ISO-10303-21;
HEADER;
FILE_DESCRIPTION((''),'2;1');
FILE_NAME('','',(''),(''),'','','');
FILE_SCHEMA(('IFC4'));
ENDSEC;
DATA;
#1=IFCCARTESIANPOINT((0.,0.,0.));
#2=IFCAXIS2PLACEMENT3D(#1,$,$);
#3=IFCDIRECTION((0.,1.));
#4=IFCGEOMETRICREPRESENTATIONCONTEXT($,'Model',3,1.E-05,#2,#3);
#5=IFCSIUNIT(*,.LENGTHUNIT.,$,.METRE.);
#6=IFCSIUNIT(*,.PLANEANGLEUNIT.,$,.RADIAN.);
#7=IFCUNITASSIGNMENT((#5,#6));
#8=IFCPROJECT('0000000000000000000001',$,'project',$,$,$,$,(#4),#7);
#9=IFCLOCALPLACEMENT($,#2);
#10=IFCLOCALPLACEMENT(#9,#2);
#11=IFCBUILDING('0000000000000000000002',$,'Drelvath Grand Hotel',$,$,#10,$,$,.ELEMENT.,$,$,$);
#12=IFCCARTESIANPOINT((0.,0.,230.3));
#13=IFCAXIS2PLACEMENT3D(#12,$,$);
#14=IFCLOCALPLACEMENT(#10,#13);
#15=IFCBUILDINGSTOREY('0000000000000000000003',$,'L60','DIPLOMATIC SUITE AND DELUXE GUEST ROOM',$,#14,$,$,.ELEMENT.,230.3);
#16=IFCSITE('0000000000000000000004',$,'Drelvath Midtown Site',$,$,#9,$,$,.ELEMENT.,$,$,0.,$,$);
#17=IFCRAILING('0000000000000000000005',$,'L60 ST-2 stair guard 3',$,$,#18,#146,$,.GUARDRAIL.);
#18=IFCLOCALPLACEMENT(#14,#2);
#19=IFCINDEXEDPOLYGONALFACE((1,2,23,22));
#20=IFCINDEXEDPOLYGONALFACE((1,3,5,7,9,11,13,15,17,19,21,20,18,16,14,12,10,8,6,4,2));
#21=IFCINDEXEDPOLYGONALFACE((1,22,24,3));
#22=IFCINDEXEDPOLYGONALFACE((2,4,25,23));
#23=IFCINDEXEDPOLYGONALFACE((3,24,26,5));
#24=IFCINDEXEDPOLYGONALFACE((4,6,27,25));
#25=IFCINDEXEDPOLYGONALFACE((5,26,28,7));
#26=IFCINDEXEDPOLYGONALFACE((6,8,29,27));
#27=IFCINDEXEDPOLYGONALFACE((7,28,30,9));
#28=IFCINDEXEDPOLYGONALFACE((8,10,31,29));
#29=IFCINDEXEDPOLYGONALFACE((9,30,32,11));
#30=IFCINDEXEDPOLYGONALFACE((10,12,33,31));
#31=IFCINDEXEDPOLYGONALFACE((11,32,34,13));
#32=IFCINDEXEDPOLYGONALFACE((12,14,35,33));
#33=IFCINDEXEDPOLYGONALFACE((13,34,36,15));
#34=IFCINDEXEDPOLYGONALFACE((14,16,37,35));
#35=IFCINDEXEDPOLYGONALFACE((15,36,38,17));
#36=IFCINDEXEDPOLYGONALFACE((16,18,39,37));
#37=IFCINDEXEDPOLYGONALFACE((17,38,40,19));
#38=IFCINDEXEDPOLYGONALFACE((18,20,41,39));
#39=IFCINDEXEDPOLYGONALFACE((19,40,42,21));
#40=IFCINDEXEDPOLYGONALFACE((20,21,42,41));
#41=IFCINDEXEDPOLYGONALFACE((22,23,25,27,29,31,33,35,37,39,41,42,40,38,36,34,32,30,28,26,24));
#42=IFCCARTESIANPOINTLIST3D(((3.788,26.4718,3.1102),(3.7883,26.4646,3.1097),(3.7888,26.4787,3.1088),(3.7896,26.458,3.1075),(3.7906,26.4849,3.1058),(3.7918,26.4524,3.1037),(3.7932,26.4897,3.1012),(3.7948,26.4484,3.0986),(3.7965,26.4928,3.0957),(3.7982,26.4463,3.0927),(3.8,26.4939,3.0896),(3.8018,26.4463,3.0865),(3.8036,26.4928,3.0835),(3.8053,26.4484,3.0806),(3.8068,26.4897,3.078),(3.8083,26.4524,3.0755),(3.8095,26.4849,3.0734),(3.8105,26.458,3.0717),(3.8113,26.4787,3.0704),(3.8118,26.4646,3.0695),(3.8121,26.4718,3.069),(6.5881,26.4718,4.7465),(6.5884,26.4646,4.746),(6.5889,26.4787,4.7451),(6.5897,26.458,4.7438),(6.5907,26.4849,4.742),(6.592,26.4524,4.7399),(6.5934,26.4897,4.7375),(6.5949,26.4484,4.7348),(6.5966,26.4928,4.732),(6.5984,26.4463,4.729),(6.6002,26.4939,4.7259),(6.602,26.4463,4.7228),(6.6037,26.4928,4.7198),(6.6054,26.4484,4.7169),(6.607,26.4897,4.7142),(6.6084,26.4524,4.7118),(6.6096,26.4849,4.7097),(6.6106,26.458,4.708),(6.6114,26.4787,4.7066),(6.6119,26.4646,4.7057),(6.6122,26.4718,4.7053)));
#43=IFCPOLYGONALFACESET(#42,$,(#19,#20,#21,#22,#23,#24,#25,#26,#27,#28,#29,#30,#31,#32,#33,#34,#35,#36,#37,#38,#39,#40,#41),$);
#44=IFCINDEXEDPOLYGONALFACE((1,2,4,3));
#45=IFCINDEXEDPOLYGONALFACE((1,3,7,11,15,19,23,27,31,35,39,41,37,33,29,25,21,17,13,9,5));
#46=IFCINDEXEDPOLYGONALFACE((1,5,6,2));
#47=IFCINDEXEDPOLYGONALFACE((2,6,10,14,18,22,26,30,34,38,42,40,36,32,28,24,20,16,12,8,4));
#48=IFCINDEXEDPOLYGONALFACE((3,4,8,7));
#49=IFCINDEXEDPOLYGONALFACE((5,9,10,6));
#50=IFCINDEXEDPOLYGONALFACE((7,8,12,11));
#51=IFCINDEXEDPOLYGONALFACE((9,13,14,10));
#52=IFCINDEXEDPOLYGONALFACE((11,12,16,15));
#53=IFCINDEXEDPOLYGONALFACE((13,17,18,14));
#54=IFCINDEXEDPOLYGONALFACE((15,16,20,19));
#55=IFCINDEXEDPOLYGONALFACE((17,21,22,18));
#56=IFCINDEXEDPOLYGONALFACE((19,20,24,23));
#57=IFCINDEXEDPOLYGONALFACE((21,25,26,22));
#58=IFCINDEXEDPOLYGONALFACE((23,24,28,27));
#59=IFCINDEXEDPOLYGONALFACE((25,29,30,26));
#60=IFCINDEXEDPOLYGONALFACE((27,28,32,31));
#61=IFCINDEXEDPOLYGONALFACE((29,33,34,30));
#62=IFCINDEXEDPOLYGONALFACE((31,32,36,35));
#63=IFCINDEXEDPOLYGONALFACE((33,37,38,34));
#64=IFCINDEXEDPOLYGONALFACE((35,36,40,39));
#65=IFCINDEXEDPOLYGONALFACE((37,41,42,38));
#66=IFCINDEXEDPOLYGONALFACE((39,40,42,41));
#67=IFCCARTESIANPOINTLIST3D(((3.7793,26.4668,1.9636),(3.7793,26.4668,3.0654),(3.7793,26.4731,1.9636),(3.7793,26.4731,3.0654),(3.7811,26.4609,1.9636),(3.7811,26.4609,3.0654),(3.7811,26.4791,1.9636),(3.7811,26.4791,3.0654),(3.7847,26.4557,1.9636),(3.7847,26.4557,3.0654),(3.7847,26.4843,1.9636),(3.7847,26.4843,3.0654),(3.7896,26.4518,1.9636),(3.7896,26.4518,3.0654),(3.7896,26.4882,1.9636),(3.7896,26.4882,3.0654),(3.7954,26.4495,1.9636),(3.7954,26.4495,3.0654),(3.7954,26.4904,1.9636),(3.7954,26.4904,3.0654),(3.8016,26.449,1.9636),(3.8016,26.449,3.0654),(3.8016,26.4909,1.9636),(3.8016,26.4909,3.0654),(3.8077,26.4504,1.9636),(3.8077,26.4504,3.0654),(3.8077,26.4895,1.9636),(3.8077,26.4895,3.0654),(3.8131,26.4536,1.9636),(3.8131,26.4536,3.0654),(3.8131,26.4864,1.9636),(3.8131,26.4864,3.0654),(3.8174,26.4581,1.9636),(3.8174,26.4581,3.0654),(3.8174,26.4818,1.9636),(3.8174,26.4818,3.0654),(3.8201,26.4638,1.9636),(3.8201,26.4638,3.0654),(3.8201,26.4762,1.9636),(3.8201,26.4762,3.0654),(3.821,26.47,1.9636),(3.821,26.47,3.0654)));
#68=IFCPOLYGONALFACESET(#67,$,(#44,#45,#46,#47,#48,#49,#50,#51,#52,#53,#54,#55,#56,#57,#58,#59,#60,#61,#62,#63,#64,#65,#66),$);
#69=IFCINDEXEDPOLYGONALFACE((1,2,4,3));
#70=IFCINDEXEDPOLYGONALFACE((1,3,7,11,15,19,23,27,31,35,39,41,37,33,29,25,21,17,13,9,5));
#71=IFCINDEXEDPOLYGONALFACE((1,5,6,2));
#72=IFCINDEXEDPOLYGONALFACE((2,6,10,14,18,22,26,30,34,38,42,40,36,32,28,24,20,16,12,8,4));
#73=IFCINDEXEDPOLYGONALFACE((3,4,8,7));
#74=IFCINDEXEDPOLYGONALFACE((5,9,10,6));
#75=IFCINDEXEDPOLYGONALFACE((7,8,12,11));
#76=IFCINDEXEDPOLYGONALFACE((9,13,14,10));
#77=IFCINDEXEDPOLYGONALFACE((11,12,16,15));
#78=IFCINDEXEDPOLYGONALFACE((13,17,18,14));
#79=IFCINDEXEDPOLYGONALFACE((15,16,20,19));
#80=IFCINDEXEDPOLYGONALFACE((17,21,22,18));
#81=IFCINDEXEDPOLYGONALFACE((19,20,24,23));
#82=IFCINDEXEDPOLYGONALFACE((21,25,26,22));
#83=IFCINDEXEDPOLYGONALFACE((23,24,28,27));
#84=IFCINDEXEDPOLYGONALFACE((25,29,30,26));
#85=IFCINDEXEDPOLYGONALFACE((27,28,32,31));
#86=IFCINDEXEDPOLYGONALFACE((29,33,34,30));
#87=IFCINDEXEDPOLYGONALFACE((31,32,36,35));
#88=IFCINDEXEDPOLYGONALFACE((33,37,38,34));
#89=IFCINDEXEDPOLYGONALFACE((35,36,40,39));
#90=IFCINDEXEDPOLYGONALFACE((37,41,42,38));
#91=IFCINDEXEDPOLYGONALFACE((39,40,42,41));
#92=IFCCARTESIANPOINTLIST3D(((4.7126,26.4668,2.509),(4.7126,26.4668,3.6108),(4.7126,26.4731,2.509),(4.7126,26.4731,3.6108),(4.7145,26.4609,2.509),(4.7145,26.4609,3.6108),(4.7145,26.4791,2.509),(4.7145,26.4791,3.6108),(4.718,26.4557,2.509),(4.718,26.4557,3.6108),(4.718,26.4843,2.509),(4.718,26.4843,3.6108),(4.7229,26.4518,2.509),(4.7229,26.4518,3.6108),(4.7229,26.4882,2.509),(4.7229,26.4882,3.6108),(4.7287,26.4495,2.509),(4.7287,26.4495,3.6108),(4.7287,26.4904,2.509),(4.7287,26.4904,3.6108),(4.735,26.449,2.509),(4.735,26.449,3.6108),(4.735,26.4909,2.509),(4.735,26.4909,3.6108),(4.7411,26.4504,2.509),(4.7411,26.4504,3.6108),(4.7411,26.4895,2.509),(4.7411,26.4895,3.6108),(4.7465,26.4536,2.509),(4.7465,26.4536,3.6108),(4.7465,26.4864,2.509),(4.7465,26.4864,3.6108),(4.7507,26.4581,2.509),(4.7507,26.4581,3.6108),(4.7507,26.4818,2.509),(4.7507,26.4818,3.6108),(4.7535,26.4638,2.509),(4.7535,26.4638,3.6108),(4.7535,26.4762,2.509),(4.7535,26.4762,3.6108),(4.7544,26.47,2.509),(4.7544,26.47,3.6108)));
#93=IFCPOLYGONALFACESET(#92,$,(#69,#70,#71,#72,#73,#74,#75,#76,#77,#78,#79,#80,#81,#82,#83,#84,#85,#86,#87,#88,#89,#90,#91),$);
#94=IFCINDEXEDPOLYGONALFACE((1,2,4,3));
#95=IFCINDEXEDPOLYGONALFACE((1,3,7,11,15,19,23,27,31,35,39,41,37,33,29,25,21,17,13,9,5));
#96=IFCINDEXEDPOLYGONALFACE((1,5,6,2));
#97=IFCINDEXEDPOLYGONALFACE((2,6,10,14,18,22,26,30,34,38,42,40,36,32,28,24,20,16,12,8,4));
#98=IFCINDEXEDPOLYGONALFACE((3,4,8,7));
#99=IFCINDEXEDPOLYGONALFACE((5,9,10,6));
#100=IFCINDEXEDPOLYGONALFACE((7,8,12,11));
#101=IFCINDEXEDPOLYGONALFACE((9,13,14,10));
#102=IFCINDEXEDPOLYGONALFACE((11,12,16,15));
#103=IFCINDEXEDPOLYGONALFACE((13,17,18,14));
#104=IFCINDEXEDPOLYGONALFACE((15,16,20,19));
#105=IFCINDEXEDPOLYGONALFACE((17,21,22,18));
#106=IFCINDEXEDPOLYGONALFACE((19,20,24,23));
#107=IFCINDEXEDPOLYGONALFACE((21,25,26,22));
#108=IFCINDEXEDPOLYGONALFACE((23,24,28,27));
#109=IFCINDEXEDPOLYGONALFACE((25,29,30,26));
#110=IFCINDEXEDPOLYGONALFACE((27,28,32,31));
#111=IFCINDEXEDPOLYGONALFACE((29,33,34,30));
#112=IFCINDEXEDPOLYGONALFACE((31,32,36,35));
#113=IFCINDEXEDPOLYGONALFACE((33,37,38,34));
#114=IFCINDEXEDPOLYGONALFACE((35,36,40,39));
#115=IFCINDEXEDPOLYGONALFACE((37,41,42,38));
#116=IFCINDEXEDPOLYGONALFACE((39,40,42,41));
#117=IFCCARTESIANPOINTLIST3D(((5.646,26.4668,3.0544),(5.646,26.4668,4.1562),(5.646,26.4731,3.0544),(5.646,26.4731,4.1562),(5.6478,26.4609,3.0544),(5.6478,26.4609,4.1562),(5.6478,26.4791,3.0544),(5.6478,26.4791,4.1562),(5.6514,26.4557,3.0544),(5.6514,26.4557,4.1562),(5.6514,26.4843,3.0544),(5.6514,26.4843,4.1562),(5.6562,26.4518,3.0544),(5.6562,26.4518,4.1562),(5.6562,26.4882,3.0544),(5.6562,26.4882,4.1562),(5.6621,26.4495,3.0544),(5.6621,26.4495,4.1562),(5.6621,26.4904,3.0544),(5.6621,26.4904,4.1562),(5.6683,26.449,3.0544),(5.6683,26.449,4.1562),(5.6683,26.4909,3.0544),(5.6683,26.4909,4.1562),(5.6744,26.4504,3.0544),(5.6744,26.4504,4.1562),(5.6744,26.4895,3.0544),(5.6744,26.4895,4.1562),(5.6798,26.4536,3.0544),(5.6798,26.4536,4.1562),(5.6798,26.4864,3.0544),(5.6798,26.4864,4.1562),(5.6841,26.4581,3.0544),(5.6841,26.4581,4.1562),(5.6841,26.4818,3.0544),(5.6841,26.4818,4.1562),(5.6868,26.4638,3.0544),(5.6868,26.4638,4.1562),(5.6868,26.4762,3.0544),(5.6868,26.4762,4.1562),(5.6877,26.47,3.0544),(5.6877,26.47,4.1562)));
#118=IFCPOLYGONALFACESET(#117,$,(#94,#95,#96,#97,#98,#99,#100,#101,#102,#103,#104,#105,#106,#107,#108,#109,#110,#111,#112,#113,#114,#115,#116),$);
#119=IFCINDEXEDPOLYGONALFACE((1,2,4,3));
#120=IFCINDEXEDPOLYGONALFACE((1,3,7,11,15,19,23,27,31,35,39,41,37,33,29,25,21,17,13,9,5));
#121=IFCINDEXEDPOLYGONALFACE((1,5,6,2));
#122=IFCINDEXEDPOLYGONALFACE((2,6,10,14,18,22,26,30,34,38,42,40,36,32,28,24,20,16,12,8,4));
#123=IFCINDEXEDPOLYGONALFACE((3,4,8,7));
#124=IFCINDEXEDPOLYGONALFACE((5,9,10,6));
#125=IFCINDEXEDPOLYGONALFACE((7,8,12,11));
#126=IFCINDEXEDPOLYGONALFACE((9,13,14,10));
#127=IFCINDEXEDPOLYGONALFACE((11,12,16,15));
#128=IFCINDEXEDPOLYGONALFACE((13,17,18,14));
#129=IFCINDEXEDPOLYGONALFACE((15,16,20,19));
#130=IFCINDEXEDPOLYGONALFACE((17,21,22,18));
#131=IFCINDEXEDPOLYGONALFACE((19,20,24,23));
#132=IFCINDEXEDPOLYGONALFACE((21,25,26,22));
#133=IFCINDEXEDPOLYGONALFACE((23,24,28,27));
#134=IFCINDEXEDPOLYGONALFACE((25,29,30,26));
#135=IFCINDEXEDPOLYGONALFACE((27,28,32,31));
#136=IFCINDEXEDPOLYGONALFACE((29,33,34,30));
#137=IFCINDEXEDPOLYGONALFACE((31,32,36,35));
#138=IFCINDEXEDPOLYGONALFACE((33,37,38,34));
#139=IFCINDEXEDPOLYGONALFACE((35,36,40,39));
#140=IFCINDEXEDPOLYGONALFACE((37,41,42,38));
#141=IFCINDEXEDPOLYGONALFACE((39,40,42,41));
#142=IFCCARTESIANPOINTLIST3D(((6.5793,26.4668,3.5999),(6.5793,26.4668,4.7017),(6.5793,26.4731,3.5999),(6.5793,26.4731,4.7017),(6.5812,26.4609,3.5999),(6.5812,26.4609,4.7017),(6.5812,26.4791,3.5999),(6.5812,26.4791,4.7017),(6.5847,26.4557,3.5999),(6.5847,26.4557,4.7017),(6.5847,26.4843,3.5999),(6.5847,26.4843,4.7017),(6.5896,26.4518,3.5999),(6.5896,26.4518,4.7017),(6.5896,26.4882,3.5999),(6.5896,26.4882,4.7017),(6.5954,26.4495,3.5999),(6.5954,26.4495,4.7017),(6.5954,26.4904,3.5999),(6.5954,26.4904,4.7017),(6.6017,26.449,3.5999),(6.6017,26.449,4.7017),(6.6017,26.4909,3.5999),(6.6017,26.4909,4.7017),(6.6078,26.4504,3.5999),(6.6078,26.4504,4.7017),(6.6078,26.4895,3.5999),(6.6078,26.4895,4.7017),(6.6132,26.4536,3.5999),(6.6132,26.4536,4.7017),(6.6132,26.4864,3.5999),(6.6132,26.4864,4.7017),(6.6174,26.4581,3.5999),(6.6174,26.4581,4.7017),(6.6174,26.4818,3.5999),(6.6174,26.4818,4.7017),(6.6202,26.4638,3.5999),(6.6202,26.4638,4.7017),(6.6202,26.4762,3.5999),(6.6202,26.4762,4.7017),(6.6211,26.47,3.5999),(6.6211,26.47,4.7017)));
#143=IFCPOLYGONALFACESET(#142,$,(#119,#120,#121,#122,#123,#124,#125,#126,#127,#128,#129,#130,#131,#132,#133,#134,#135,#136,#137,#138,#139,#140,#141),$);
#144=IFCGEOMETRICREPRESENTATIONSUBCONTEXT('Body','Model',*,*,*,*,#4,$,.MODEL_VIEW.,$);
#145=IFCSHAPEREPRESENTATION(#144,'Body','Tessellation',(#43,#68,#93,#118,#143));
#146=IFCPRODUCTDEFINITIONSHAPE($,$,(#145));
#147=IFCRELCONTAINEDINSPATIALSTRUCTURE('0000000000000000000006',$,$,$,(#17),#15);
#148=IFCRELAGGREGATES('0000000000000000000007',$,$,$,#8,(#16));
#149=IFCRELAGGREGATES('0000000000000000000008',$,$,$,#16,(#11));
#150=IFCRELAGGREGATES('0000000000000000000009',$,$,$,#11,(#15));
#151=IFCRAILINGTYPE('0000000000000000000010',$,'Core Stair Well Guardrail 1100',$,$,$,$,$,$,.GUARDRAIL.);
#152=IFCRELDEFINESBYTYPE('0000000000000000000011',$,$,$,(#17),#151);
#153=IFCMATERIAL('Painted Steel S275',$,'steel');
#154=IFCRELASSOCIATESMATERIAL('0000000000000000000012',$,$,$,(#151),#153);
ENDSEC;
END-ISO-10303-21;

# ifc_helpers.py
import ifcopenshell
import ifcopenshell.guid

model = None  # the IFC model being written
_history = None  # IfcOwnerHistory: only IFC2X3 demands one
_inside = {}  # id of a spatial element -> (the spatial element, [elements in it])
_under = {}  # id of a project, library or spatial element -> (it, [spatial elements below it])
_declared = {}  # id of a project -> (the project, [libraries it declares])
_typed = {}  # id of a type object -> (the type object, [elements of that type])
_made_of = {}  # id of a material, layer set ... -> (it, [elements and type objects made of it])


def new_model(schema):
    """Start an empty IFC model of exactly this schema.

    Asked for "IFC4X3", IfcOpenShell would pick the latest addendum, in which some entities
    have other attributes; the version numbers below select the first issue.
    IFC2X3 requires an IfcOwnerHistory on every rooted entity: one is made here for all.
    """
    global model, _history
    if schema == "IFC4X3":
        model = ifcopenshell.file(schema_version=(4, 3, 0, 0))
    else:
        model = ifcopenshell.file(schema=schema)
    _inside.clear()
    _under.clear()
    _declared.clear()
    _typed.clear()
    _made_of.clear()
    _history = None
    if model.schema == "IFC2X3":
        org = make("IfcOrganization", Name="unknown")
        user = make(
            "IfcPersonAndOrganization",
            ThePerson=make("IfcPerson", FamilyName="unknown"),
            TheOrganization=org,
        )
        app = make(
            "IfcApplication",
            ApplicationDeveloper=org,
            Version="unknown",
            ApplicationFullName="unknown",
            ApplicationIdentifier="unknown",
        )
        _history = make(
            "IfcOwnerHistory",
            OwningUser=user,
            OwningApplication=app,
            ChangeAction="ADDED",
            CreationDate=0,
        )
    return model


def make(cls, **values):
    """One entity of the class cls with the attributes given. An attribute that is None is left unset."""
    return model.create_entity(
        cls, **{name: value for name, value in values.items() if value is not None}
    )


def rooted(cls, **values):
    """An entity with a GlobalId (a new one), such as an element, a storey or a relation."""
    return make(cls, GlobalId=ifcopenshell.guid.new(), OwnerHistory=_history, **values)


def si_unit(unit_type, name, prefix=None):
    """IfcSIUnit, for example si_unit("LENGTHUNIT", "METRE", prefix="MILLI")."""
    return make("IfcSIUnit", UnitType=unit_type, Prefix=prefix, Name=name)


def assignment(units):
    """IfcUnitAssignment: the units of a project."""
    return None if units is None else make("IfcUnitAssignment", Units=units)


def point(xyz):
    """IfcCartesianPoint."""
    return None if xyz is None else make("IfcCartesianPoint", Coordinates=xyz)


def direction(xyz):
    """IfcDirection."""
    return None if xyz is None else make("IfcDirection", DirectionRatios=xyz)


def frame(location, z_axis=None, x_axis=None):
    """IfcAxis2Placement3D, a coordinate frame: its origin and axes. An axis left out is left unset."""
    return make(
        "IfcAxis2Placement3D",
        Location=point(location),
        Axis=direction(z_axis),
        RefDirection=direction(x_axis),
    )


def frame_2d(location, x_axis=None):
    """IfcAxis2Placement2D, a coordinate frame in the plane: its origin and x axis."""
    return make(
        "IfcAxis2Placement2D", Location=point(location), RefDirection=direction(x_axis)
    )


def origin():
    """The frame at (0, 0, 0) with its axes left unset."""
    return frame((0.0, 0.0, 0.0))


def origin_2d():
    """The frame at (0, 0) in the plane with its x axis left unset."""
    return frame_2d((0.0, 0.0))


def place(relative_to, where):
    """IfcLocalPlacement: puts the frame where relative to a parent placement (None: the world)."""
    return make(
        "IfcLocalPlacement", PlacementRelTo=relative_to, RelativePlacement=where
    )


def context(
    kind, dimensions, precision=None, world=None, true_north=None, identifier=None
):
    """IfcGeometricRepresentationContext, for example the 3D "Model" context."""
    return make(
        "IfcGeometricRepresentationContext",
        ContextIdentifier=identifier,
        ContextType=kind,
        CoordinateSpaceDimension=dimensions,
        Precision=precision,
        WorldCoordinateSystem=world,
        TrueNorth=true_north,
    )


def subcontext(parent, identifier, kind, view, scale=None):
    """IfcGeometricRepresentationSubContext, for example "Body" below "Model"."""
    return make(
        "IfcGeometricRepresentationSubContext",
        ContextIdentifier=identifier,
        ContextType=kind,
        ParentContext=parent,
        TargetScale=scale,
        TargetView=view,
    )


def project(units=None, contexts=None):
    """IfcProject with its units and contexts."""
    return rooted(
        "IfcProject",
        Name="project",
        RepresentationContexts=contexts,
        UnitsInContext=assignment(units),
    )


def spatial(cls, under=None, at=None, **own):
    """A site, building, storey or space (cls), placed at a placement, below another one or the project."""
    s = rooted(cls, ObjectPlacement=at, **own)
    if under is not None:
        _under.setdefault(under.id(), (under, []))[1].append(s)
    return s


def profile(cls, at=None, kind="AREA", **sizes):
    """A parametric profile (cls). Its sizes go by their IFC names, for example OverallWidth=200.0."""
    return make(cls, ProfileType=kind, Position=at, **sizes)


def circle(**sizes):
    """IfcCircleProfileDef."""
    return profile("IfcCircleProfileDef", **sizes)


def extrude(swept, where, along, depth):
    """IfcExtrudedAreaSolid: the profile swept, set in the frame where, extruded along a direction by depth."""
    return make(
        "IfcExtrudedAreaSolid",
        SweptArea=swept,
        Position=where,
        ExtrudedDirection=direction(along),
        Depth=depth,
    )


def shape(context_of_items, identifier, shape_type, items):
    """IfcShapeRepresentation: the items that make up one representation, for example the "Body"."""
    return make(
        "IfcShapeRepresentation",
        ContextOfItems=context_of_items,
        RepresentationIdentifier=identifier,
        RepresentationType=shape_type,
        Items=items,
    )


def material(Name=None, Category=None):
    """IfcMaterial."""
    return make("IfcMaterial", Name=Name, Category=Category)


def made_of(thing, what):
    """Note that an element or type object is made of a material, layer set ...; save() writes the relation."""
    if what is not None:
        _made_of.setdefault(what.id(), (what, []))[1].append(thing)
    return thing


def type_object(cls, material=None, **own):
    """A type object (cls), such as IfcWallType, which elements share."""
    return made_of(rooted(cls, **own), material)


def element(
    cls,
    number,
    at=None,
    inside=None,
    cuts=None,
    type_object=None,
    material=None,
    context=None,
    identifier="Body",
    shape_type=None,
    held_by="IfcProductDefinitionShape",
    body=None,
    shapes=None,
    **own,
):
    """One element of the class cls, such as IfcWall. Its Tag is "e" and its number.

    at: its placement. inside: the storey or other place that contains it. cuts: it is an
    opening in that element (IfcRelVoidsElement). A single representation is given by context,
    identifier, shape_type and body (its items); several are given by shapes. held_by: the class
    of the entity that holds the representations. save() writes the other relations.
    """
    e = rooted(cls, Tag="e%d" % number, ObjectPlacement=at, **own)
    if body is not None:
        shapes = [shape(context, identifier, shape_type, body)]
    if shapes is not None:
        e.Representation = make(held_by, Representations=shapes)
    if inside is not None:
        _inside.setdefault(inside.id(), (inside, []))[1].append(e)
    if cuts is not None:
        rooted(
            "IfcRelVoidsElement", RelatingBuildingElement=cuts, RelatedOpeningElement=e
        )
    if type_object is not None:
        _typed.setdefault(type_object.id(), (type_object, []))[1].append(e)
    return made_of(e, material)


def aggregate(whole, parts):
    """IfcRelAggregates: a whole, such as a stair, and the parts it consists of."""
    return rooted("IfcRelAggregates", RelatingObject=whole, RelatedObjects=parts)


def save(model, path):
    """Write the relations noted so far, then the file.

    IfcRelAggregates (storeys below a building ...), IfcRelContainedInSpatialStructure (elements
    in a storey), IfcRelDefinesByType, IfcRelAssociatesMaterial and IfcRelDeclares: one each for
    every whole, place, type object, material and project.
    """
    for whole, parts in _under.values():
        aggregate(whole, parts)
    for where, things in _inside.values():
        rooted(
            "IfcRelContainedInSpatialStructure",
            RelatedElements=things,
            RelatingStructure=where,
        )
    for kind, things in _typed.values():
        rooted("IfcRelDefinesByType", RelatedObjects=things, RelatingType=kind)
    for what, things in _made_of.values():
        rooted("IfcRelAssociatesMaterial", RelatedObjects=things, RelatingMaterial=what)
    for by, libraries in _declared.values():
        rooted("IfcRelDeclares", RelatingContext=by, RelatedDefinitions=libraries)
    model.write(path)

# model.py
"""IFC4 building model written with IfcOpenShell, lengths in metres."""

from ifc_helpers import new_model, si_unit, direction, frame, origin, origin_2d, place, context, subcontext, project, spatial, circle, extrude, material, type_object, element, save


model = new_model("IFC4")

# Units and contexts
model_context = context("Model", 3, precision=1e-05, world=origin(), true_north=direction((0.0, 1.0)))
body_context = subcontext(model_context, "Body", "Model", "MODEL_VIEW")
ifc_project = project(units=[si_unit("LENGTHUNIT", "METRE"), si_unit("PLANEANGLEUNIT", "RADIAN")], contexts=[model_context])

# Site, building, storey
site_placement = place(None, origin())
site = spatial("IfcSite", under=ifc_project, at=site_placement, Name="Drelvath Midtown Site", CompositionType="ELEMENT", RefElevation=0.0)
building_placement = place(site_placement, origin())
building = spatial("IfcBuilding", under=site, at=building_placement, Name="Drelvath Grand Hotel", CompositionType="ELEMENT")
storey_placement = place(building_placement, frame((0.0, 0.0, 230.3)))
storey = spatial("IfcBuildingStorey", under=building, at=storey_placement, Name="L60", Description="DIPLOMATIC SUITE AND DELUXE GUEST ROOM", CompositionType="ELEMENT", Elevation=230.3)

# Railing
ifc_material_1 = material(Name="Painted Steel S275", Category="steel")
railing_type_1 = type_object("IfcRailingType", Name="Core Stair Well Guardrail 1100", PredefinedType="GUARDRAIL", material=ifc_material_1)
railing_1_placement = place(storey_placement, frame((3.8, 26.47, 1.9636)))
element("IfcRailing", 1, at=railing_1_placement, inside=storey, type_object=railing_type_1, Name="L60 ST-2 stair guard 3", PredefinedType="GUARDRAIL", context=body_context, shape_type="SweptSolid", body=[
    extrude(circle(Radius=0.0239, at=origin_2d()), frame((0.0, 0.0, 1.126), z_axis=(0.863394, 0.0, 0.504531), x_axis=(0.0, 1.0, 0.0)), (0.0, 0.0, 1.0), 3.2432),
    extrude(circle(Radius=0.021, at=origin_2d()), origin(), (0.0, 0.0, 1.0), 1.1018),
    extrude(circle(Radius=0.021, at=origin_2d()), frame((0.9333, 0.0, 0.5454)), (0.0, 0.0, 1.0), 1.1018),
    extrude(circle(Radius=0.021, at=origin_2d()), frame((1.8667, 0.0, 1.0908)), (0.0, 0.0, 1.0), 1.1018),
    extrude(circle(Radius=0.021, at=origin_2d()), frame((2.8, 0.0, 1.6362)), (0.0, 0.0, 1.0), 1.1018),
])

save(model, "model.ifc")
